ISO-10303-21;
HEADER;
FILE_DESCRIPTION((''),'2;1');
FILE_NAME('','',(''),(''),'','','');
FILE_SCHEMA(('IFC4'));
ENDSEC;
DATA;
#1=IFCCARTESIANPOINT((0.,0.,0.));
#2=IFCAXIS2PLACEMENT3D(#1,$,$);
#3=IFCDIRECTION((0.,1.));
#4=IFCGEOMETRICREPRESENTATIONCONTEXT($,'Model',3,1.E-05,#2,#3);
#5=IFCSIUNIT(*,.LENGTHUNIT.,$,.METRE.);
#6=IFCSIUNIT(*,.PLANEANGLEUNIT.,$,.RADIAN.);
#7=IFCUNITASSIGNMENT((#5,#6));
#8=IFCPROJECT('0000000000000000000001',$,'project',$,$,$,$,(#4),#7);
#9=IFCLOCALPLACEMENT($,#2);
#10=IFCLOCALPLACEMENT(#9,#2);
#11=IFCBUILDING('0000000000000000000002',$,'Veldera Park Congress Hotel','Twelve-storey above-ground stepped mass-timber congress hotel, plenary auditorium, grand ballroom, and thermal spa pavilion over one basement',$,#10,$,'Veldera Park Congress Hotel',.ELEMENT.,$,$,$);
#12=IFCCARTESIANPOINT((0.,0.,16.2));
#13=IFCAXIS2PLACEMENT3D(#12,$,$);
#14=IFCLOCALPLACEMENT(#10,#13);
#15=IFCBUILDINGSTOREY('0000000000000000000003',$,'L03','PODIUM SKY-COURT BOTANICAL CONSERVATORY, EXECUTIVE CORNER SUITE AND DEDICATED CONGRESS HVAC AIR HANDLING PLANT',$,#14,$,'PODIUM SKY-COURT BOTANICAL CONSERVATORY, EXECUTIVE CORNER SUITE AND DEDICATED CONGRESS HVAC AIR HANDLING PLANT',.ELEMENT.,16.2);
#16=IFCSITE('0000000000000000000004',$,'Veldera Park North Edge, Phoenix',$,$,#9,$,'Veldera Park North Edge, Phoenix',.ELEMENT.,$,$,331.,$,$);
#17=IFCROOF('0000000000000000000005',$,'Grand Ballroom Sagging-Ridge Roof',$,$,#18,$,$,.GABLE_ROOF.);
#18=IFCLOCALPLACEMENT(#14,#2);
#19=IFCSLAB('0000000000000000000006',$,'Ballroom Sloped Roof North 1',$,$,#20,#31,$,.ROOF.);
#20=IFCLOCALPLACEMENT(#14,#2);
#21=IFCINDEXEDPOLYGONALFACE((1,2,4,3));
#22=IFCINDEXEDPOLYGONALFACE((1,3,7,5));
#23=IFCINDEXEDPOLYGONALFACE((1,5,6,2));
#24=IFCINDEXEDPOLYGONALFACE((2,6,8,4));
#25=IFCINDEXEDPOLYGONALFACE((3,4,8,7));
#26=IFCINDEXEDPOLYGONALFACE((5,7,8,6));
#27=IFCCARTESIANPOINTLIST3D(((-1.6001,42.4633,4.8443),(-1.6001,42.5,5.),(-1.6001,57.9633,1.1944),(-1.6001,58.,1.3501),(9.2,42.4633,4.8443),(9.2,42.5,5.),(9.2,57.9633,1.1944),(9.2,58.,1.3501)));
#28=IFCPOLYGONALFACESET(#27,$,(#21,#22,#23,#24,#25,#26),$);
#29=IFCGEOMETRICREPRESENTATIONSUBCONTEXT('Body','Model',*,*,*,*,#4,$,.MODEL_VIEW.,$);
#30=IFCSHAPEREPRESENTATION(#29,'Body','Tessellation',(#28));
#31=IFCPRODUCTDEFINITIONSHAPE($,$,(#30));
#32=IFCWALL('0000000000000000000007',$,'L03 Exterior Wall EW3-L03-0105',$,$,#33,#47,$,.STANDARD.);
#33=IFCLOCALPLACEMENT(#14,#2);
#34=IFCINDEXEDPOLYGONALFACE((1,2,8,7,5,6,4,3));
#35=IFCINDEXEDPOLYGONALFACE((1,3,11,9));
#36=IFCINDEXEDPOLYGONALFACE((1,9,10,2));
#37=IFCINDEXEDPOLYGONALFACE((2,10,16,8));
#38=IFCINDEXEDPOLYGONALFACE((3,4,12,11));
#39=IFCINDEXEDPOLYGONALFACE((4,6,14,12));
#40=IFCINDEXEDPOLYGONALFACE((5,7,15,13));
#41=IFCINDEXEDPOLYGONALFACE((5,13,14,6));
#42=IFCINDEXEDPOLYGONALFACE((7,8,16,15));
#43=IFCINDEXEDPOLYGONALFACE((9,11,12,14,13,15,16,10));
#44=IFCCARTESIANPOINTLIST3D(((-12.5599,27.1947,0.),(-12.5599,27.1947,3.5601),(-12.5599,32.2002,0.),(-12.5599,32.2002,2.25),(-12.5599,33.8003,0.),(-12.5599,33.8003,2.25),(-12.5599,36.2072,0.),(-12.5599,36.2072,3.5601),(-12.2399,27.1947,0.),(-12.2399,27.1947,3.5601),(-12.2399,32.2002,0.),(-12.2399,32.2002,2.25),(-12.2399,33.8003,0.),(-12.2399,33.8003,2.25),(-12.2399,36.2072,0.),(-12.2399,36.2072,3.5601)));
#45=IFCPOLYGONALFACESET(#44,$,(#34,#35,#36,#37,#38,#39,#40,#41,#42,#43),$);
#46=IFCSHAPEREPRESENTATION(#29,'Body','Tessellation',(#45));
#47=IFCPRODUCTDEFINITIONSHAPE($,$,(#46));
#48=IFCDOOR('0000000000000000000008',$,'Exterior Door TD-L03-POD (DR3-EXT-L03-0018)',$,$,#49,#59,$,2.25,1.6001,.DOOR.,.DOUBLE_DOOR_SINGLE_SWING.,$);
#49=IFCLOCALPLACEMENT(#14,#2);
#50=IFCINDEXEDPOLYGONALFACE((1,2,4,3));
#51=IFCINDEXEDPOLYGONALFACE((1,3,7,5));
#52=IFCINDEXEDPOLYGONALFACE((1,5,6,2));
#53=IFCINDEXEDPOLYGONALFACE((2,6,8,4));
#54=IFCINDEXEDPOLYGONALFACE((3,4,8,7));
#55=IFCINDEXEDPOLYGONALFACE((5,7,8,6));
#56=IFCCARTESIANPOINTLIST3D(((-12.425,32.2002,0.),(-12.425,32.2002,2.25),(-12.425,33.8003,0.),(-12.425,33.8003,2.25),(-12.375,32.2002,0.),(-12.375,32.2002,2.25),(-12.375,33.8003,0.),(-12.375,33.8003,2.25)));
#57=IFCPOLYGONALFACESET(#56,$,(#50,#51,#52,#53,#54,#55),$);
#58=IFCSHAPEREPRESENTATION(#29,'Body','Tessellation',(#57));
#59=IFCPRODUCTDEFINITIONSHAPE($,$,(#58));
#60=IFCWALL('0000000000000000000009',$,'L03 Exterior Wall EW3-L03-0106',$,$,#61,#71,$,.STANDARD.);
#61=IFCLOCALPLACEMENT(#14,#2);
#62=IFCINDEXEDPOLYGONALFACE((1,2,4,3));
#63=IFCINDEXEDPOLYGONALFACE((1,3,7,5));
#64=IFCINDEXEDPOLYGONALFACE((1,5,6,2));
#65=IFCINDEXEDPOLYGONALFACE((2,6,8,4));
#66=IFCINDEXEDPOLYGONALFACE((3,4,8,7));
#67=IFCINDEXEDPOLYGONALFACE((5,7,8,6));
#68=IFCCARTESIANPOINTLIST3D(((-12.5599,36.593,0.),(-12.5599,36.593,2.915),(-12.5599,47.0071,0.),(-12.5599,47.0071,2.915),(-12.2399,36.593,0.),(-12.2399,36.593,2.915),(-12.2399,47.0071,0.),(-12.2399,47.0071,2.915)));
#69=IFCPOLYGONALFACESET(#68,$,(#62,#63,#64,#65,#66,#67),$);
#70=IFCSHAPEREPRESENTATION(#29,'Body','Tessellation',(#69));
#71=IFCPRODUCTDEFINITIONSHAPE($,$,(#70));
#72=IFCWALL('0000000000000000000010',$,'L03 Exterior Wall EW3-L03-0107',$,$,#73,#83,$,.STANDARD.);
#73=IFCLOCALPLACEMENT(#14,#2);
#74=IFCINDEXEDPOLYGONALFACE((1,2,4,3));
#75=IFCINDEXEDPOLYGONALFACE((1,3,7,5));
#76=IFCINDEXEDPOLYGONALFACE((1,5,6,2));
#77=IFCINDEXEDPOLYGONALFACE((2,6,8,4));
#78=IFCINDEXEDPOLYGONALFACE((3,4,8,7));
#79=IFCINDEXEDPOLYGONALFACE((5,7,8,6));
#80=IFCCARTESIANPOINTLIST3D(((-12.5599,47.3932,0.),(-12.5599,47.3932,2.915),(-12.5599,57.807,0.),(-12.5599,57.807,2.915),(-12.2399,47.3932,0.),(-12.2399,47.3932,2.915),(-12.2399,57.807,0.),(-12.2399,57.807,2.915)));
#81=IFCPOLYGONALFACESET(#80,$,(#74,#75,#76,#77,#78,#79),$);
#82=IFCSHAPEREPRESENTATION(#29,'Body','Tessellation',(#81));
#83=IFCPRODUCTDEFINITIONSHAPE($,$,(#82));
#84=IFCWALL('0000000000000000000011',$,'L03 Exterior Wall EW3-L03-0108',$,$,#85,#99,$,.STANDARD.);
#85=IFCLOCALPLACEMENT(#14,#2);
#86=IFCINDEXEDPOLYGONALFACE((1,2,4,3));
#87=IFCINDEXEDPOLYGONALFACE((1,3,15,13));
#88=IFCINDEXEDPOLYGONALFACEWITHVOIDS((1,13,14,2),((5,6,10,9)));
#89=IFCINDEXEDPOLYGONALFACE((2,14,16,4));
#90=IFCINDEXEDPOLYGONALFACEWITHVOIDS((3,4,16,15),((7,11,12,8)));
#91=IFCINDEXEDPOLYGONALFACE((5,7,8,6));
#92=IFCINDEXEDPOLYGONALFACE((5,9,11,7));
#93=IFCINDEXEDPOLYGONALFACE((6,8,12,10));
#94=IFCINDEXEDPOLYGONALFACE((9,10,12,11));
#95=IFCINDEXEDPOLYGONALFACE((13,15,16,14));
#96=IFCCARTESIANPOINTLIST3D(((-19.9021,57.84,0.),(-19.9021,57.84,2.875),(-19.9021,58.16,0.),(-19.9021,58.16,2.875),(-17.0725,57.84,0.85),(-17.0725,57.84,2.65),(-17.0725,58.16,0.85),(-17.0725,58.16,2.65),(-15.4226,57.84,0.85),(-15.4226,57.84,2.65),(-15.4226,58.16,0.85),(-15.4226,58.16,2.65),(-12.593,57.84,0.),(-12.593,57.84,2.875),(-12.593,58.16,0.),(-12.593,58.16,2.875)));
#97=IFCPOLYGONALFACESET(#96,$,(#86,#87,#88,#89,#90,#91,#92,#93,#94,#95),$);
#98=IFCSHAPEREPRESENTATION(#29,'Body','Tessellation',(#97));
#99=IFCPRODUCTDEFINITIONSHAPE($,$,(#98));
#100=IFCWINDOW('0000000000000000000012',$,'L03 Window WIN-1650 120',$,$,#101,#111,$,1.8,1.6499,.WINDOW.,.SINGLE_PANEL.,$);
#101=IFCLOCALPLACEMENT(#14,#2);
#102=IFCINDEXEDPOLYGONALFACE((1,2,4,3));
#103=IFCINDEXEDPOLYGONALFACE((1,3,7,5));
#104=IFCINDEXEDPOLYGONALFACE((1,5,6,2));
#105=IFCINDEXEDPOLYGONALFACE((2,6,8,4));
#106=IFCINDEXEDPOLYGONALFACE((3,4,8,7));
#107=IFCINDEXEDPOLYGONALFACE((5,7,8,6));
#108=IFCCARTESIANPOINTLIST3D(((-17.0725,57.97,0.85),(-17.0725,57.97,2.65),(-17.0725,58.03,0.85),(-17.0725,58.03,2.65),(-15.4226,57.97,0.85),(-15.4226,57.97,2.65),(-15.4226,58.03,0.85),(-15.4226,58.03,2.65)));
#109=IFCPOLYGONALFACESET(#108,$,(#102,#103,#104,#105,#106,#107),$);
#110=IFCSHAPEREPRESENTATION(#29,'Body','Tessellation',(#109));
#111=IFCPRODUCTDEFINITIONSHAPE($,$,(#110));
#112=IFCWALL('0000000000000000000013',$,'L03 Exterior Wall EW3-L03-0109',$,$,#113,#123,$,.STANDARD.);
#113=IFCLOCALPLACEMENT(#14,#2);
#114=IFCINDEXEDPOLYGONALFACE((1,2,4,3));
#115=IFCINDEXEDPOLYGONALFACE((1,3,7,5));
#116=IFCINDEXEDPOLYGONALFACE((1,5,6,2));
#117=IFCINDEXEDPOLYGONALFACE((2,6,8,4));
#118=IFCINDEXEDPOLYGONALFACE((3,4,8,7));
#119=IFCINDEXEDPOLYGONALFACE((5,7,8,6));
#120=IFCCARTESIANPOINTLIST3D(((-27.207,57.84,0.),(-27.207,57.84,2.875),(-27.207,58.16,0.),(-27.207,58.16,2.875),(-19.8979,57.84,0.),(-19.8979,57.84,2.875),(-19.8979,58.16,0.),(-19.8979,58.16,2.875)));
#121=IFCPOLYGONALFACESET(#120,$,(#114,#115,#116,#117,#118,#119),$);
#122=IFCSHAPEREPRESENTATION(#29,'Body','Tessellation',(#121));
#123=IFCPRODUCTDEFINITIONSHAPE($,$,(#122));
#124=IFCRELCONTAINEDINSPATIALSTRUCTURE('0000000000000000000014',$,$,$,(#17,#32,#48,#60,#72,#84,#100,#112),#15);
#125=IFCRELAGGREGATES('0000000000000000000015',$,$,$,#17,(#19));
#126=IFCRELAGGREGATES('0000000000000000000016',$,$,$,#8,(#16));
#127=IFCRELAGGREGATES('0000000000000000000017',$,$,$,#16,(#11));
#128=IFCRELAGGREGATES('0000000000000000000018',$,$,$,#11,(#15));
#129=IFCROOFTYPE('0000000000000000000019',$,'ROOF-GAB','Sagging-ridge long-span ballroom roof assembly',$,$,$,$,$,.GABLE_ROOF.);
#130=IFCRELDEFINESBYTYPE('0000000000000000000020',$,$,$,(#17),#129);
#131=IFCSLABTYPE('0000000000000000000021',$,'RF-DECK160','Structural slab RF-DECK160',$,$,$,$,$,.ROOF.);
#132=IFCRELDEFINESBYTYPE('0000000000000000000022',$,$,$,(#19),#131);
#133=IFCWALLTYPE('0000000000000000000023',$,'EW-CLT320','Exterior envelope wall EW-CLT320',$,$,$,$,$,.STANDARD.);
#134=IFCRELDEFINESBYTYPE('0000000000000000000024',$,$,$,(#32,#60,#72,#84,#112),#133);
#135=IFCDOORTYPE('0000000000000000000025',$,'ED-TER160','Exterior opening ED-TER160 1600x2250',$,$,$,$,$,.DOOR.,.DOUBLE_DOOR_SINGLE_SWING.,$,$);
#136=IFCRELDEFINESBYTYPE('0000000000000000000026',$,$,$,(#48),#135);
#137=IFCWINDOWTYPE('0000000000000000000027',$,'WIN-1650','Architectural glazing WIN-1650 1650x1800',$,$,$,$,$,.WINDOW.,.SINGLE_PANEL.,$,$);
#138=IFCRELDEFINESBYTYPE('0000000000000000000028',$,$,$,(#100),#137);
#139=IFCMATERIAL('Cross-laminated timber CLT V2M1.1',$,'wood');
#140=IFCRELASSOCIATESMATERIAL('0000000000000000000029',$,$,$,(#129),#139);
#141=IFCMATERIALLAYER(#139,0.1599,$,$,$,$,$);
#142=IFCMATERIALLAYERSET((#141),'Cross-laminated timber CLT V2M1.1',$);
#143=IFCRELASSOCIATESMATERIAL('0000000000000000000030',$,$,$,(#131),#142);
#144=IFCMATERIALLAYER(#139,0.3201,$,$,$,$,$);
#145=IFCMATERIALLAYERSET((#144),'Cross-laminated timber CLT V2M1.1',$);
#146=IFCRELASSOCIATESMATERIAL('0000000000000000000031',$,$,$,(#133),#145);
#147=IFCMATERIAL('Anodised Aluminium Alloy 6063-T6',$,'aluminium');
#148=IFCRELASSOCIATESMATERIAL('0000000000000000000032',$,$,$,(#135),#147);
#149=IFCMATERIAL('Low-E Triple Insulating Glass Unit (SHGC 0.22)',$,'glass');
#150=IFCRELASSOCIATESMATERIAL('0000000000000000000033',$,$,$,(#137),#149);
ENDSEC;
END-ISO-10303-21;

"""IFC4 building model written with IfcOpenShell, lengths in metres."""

from ifc_helpers import new_model, si_unit, direction, frame, frame_2d, origin, place, context, subcontext, project, spatial, polyline, rectangle, outline, extrude, material, layer, layer_set, type_object, element, fill, aggregate, save


model = new_model("IFC4")

# Units and contexts
model_context = context("Model", 3, precision=1e-05, world=origin(), true_north=direction((0.0, 1.0)))
body_context = subcontext(model_context, "Body", "Model", "MODEL_VIEW")
ifc_project = project(units=[si_unit("LENGTHUNIT", "METRE"), si_unit("PLANEANGLEUNIT", "RADIAN")], contexts=[model_context])

# Site, building, storey
site_placement = place(None, origin())
site = spatial("IfcSite", under=ifc_project, at=site_placement, Name="Veldera Park North Edge, Phoenix", LongName="Veldera Park North Edge, Phoenix", CompositionType="ELEMENT", RefElevation=331.0)
building_placement = place(site_placement, origin())
building = spatial("IfcBuilding", under=site, at=building_placement, Name="Veldera Park Congress Hotel", Description="Twelve-storey above-ground stepped mass-timber congress hotel, plenary auditorium, grand ballroom, and thermal spa pavilion over one basement", LongName="Veldera Park Congress Hotel", CompositionType="ELEMENT")
storey_placement = place(building_placement, frame((0.0, 0.0, 16.2)))
storey = spatial("IfcBuildingStorey", under=building, at=storey_placement, Name="L03", Description="PODIUM SKY-COURT BOTANICAL CONSERVATORY, EXECUTIVE CORNER SUITE AND DEDICATED CONGRESS HVAC AIR HANDLING PLANT", LongName="PODIUM SKY-COURT BOTANICAL CONSERVATORY, EXECUTIVE CORNER SUITE AND DEDICATED CONGRESS HVAC AIR HANDLING PLANT", CompositionType="ELEMENT", Elevation=16.2)

# Roof, slab
ifc_material_1 = material(Name="Cross-laminated timber CLT V2M1.1", Category="wood")
roof_type = type_object("IfcRoofType", Name="ROOF-GAB", Description="Sagging-ridge long-span ballroom roof assembly", PredefinedType="GABLE_ROOF", material=ifc_material_1)
roof_placement = place(storey_placement, origin())
roof = element("IfcRoof", 1, at=roof_placement, inside=storey, type_object=roof_type, Name="Grand Ballroom Sagging-Ridge Roof", PredefinedType="GABLE_ROOF")
ifc_layer_1 = layer(ifc_material_1, 0.1599)
ifc_layer_set_1 = layer_set([ifc_layer_1], Name="Cross-laminated timber CLT V2M1.1")
slab_type = type_object("IfcSlabType", Name="RF-DECK160", Description="Structural slab RF-DECK160", PredefinedType="ROOF", material=ifc_layer_set_1)
slab_placement = place(storey_placement, frame((-1.6001, 42.5, 5.0), z_axis=(0.0, 0.229209, 0.973377), x_axis=(1.0, 0.0, 0.0)))
slab = element("IfcSlab", 2, at=slab_placement, type_object=slab_type, Name="Ballroom Sloped Roof North 1", PredefinedType="ROOF", context=body_context, shape_type="SweptSolid", body=[
    extrude(outline(polyline([(0.0, 0.0), (10.8, 0.0), (10.8, 15.9239), (0.0, 15.9239), (0.0, 0.0)])), origin(), (0.0, 0.0, -1.0), 0.1599),
])
aggregate(roof, [slab])

# Wall, opening, door
ifc_layer_2 = layer(ifc_material_1, 0.3201)
ifc_layer_set_2 = layer_set([ifc_layer_2], Name="Cross-laminated timber CLT V2M1.1")
wall_type = type_object("IfcWallType", Name="EW-CLT320", Description="Exterior envelope wall EW-CLT320", PredefinedType="STANDARD", material=ifc_layer_set_2)
wall_1_placement = place(storey_placement, frame((-12.3999, 27.1946, 0.0), z_axis=(0.0, 0.0, 1.0), x_axis=(0.0, 1.0, 0.0)))
wall_1 = element("IfcWall", 3, at=wall_1_placement, inside=storey, type_object=wall_type, Name="L03 Exterior Wall EW3-L03-0105", PredefinedType="STANDARD", context=body_context, shape_type="SweptSolid", body=[
    extrude(rectangle(XDim=9.0125, YDim=0.3201, at=frame_2d((4.5063, 0.0))), origin(), (0.0, 0.0, 1.0), 3.5601),
])
opening_1_placement = place(wall_1_placement, frame((5.0056, 0.0, 0.0)))
opening_1 = element("IfcOpeningElement", 4, at=opening_1_placement, cuts=wall_1, PredefinedType="OPENING", context=body_context, shape_type="SweptSolid", body=[
    extrude(rectangle(XDim=1.6001, YDim=2.25, at=frame_2d((0.8, 1.125))), frame((0.0, 0.1721, 0.0), z_axis=(0.0, -1.0, 0.0), x_axis=(1.0, 0.0, 0.0)), (0.0, 0.0, 1.0), 0.344),
])
ifc_material_2 = material(Name="Anodised Aluminium Alloy 6063-T6", Category="aluminium")
door_type = type_object("IfcDoorType", Name="ED-TER160", Description="Exterior opening ED-TER160 1600x2250", OperationType="DOUBLE_DOOR_SINGLE_SWING", PredefinedType="DOOR", material=ifc_material_2)
door_placement = place(opening_1_placement, frame((1.6001, 0.0, 0.0), z_axis=(0.0, 0.0, 1.0), x_axis=(-1.0, 0.0, 0.0)))
door = element("IfcDoor", 5, at=door_placement, inside=storey, type_object=door_type, Name="Exterior Door TD-L03-POD (DR3-EXT-L03-0018)", OperationType="DOUBLE_DOOR_SINGLE_SWING", OverallHeight=2.25, OverallWidth=1.6001, PredefinedType="DOOR", context=body_context, shape_type="SweptSolid", body=[
    extrude(rectangle(XDim=1.6001, YDim=2.25, at=frame_2d((0.8, 1.125))), frame((0.0, 0.0249, 0.0), z_axis=(0.0, -1.0, 0.0), x_axis=(1.0, 0.0, 0.0)), (0.0, 0.0, 1.0), 0.05),
])
fill(opening_1, door)

# Walls
wall_2_placement = place(storey_placement, frame((-12.3999, 36.593, 0.0), z_axis=(0.0, 0.0, 1.0), x_axis=(0.0, 1.0, 0.0)))
element("IfcWall", 6, at=wall_2_placement, inside=storey, type_object=wall_type, Name="L03 Exterior Wall EW3-L03-0106", PredefinedType="STANDARD", context=body_context, shape_type="SweptSolid", body=[
    extrude(rectangle(XDim=10.4141, YDim=0.3201, at=frame_2d((5.207, 0.0))), origin(), (0.0, 0.0, 1.0), 2.915),
])
wall_3_placement = place(storey_placement, frame((-12.3999, 47.3931, 0.0), z_axis=(0.0, 0.0, 1.0), x_axis=(0.0, 1.0, 0.0)))
element("IfcWall", 7, at=wall_3_placement, inside=storey, type_object=wall_type, Name="L03 Exterior Wall EW3-L03-0107", PredefinedType="STANDARD", context=body_context, shape_type="SweptSolid", body=[
    extrude(rectangle(XDim=10.4138, YDim=0.3201, at=frame_2d((5.207, 0.0))), origin(), (0.0, 0.0, 1.0), 2.915),
])

# Wall, opening, window
wall_4_placement = place(storey_placement, frame((-12.593, 58.0, 0.0), z_axis=(0.0, 0.0, 1.0), x_axis=(-1.0, 0.0, 0.0)))
wall_4 = element("IfcWall", 8, at=wall_4_placement, inside=storey, type_object=wall_type, Name="L03 Exterior Wall EW3-L03-0108", PredefinedType="STANDARD", context=body_context, shape_type="SweptSolid", body=[
    extrude(rectangle(XDim=7.3091, YDim=0.3201, at=frame_2d((3.6545, 0.0))), origin(), (0.0, 0.0, 1.0), 2.875),
])
opening_2_placement = place(wall_4_placement, frame((2.8296, 0.0, 0.8501)))
opening_2 = element("IfcOpeningElement", 9, at=opening_2_placement, cuts=wall_4, PredefinedType="OPENING", context=body_context, shape_type="SweptSolid", body=[
    extrude(rectangle(XDim=1.6499, YDim=1.8, at=frame_2d((0.825, 0.8999))), frame((0.0, 0.1721, 0.0), z_axis=(0.0, -1.0, 0.0), x_axis=(1.0, 0.0, 0.0)), (0.0, 0.0, 1.0), 0.344),
])
ifc_material_3 = material(Name="Low-E Triple Insulating Glass Unit (SHGC 0.22)", Category="glass")
window_type = type_object("IfcWindowType", Name="WIN-1650", Description="Architectural glazing WIN-1650 1650x1800", PartitioningType="SINGLE_PANEL", PredefinedType="WINDOW", material=ifc_material_3)
window_placement = place(opening_2_placement, origin())
window = element("IfcWindow", 10, at=window_placement, inside=storey, type_object=window_type, Name="L03 Window WIN-1650 120", OverallHeight=1.8, OverallWidth=1.6499, PartitioningType="SINGLE_PANEL", PredefinedType="WINDOW", context=body_context, shape_type="SweptSolid", body=[
    extrude(rectangle(XDim=1.6499, YDim=1.8, at=frame_2d((0.825, 0.8999))), frame((0.0, 0.03, 0.0), z_axis=(0.0, -1.0, 0.0), x_axis=(1.0, 0.0, 0.0)), (0.0, 0.0, 1.0), 0.0601),
])
fill(opening_2, window)

# Wall
wall_5_placement = place(storey_placement, frame((-19.8979, 58.0, 0.0), z_axis=(0.0, 0.0, 1.0), x_axis=(-1.0, 0.0, 0.0)))
element("IfcWall", 11, at=wall_5_placement, inside=storey, type_object=wall_type, Name="L03 Exterior Wall EW3-L03-0109", PredefinedType="STANDARD", context=body_context, shape_type="SweptSolid", body=[
    extrude(rectangle(XDim=7.3091, YDim=0.3201, at=frame_2d((3.6545, 0.0))), origin(), (0.0, 0.0, 1.0), 2.875),
])

save(model, "model.ifc")
